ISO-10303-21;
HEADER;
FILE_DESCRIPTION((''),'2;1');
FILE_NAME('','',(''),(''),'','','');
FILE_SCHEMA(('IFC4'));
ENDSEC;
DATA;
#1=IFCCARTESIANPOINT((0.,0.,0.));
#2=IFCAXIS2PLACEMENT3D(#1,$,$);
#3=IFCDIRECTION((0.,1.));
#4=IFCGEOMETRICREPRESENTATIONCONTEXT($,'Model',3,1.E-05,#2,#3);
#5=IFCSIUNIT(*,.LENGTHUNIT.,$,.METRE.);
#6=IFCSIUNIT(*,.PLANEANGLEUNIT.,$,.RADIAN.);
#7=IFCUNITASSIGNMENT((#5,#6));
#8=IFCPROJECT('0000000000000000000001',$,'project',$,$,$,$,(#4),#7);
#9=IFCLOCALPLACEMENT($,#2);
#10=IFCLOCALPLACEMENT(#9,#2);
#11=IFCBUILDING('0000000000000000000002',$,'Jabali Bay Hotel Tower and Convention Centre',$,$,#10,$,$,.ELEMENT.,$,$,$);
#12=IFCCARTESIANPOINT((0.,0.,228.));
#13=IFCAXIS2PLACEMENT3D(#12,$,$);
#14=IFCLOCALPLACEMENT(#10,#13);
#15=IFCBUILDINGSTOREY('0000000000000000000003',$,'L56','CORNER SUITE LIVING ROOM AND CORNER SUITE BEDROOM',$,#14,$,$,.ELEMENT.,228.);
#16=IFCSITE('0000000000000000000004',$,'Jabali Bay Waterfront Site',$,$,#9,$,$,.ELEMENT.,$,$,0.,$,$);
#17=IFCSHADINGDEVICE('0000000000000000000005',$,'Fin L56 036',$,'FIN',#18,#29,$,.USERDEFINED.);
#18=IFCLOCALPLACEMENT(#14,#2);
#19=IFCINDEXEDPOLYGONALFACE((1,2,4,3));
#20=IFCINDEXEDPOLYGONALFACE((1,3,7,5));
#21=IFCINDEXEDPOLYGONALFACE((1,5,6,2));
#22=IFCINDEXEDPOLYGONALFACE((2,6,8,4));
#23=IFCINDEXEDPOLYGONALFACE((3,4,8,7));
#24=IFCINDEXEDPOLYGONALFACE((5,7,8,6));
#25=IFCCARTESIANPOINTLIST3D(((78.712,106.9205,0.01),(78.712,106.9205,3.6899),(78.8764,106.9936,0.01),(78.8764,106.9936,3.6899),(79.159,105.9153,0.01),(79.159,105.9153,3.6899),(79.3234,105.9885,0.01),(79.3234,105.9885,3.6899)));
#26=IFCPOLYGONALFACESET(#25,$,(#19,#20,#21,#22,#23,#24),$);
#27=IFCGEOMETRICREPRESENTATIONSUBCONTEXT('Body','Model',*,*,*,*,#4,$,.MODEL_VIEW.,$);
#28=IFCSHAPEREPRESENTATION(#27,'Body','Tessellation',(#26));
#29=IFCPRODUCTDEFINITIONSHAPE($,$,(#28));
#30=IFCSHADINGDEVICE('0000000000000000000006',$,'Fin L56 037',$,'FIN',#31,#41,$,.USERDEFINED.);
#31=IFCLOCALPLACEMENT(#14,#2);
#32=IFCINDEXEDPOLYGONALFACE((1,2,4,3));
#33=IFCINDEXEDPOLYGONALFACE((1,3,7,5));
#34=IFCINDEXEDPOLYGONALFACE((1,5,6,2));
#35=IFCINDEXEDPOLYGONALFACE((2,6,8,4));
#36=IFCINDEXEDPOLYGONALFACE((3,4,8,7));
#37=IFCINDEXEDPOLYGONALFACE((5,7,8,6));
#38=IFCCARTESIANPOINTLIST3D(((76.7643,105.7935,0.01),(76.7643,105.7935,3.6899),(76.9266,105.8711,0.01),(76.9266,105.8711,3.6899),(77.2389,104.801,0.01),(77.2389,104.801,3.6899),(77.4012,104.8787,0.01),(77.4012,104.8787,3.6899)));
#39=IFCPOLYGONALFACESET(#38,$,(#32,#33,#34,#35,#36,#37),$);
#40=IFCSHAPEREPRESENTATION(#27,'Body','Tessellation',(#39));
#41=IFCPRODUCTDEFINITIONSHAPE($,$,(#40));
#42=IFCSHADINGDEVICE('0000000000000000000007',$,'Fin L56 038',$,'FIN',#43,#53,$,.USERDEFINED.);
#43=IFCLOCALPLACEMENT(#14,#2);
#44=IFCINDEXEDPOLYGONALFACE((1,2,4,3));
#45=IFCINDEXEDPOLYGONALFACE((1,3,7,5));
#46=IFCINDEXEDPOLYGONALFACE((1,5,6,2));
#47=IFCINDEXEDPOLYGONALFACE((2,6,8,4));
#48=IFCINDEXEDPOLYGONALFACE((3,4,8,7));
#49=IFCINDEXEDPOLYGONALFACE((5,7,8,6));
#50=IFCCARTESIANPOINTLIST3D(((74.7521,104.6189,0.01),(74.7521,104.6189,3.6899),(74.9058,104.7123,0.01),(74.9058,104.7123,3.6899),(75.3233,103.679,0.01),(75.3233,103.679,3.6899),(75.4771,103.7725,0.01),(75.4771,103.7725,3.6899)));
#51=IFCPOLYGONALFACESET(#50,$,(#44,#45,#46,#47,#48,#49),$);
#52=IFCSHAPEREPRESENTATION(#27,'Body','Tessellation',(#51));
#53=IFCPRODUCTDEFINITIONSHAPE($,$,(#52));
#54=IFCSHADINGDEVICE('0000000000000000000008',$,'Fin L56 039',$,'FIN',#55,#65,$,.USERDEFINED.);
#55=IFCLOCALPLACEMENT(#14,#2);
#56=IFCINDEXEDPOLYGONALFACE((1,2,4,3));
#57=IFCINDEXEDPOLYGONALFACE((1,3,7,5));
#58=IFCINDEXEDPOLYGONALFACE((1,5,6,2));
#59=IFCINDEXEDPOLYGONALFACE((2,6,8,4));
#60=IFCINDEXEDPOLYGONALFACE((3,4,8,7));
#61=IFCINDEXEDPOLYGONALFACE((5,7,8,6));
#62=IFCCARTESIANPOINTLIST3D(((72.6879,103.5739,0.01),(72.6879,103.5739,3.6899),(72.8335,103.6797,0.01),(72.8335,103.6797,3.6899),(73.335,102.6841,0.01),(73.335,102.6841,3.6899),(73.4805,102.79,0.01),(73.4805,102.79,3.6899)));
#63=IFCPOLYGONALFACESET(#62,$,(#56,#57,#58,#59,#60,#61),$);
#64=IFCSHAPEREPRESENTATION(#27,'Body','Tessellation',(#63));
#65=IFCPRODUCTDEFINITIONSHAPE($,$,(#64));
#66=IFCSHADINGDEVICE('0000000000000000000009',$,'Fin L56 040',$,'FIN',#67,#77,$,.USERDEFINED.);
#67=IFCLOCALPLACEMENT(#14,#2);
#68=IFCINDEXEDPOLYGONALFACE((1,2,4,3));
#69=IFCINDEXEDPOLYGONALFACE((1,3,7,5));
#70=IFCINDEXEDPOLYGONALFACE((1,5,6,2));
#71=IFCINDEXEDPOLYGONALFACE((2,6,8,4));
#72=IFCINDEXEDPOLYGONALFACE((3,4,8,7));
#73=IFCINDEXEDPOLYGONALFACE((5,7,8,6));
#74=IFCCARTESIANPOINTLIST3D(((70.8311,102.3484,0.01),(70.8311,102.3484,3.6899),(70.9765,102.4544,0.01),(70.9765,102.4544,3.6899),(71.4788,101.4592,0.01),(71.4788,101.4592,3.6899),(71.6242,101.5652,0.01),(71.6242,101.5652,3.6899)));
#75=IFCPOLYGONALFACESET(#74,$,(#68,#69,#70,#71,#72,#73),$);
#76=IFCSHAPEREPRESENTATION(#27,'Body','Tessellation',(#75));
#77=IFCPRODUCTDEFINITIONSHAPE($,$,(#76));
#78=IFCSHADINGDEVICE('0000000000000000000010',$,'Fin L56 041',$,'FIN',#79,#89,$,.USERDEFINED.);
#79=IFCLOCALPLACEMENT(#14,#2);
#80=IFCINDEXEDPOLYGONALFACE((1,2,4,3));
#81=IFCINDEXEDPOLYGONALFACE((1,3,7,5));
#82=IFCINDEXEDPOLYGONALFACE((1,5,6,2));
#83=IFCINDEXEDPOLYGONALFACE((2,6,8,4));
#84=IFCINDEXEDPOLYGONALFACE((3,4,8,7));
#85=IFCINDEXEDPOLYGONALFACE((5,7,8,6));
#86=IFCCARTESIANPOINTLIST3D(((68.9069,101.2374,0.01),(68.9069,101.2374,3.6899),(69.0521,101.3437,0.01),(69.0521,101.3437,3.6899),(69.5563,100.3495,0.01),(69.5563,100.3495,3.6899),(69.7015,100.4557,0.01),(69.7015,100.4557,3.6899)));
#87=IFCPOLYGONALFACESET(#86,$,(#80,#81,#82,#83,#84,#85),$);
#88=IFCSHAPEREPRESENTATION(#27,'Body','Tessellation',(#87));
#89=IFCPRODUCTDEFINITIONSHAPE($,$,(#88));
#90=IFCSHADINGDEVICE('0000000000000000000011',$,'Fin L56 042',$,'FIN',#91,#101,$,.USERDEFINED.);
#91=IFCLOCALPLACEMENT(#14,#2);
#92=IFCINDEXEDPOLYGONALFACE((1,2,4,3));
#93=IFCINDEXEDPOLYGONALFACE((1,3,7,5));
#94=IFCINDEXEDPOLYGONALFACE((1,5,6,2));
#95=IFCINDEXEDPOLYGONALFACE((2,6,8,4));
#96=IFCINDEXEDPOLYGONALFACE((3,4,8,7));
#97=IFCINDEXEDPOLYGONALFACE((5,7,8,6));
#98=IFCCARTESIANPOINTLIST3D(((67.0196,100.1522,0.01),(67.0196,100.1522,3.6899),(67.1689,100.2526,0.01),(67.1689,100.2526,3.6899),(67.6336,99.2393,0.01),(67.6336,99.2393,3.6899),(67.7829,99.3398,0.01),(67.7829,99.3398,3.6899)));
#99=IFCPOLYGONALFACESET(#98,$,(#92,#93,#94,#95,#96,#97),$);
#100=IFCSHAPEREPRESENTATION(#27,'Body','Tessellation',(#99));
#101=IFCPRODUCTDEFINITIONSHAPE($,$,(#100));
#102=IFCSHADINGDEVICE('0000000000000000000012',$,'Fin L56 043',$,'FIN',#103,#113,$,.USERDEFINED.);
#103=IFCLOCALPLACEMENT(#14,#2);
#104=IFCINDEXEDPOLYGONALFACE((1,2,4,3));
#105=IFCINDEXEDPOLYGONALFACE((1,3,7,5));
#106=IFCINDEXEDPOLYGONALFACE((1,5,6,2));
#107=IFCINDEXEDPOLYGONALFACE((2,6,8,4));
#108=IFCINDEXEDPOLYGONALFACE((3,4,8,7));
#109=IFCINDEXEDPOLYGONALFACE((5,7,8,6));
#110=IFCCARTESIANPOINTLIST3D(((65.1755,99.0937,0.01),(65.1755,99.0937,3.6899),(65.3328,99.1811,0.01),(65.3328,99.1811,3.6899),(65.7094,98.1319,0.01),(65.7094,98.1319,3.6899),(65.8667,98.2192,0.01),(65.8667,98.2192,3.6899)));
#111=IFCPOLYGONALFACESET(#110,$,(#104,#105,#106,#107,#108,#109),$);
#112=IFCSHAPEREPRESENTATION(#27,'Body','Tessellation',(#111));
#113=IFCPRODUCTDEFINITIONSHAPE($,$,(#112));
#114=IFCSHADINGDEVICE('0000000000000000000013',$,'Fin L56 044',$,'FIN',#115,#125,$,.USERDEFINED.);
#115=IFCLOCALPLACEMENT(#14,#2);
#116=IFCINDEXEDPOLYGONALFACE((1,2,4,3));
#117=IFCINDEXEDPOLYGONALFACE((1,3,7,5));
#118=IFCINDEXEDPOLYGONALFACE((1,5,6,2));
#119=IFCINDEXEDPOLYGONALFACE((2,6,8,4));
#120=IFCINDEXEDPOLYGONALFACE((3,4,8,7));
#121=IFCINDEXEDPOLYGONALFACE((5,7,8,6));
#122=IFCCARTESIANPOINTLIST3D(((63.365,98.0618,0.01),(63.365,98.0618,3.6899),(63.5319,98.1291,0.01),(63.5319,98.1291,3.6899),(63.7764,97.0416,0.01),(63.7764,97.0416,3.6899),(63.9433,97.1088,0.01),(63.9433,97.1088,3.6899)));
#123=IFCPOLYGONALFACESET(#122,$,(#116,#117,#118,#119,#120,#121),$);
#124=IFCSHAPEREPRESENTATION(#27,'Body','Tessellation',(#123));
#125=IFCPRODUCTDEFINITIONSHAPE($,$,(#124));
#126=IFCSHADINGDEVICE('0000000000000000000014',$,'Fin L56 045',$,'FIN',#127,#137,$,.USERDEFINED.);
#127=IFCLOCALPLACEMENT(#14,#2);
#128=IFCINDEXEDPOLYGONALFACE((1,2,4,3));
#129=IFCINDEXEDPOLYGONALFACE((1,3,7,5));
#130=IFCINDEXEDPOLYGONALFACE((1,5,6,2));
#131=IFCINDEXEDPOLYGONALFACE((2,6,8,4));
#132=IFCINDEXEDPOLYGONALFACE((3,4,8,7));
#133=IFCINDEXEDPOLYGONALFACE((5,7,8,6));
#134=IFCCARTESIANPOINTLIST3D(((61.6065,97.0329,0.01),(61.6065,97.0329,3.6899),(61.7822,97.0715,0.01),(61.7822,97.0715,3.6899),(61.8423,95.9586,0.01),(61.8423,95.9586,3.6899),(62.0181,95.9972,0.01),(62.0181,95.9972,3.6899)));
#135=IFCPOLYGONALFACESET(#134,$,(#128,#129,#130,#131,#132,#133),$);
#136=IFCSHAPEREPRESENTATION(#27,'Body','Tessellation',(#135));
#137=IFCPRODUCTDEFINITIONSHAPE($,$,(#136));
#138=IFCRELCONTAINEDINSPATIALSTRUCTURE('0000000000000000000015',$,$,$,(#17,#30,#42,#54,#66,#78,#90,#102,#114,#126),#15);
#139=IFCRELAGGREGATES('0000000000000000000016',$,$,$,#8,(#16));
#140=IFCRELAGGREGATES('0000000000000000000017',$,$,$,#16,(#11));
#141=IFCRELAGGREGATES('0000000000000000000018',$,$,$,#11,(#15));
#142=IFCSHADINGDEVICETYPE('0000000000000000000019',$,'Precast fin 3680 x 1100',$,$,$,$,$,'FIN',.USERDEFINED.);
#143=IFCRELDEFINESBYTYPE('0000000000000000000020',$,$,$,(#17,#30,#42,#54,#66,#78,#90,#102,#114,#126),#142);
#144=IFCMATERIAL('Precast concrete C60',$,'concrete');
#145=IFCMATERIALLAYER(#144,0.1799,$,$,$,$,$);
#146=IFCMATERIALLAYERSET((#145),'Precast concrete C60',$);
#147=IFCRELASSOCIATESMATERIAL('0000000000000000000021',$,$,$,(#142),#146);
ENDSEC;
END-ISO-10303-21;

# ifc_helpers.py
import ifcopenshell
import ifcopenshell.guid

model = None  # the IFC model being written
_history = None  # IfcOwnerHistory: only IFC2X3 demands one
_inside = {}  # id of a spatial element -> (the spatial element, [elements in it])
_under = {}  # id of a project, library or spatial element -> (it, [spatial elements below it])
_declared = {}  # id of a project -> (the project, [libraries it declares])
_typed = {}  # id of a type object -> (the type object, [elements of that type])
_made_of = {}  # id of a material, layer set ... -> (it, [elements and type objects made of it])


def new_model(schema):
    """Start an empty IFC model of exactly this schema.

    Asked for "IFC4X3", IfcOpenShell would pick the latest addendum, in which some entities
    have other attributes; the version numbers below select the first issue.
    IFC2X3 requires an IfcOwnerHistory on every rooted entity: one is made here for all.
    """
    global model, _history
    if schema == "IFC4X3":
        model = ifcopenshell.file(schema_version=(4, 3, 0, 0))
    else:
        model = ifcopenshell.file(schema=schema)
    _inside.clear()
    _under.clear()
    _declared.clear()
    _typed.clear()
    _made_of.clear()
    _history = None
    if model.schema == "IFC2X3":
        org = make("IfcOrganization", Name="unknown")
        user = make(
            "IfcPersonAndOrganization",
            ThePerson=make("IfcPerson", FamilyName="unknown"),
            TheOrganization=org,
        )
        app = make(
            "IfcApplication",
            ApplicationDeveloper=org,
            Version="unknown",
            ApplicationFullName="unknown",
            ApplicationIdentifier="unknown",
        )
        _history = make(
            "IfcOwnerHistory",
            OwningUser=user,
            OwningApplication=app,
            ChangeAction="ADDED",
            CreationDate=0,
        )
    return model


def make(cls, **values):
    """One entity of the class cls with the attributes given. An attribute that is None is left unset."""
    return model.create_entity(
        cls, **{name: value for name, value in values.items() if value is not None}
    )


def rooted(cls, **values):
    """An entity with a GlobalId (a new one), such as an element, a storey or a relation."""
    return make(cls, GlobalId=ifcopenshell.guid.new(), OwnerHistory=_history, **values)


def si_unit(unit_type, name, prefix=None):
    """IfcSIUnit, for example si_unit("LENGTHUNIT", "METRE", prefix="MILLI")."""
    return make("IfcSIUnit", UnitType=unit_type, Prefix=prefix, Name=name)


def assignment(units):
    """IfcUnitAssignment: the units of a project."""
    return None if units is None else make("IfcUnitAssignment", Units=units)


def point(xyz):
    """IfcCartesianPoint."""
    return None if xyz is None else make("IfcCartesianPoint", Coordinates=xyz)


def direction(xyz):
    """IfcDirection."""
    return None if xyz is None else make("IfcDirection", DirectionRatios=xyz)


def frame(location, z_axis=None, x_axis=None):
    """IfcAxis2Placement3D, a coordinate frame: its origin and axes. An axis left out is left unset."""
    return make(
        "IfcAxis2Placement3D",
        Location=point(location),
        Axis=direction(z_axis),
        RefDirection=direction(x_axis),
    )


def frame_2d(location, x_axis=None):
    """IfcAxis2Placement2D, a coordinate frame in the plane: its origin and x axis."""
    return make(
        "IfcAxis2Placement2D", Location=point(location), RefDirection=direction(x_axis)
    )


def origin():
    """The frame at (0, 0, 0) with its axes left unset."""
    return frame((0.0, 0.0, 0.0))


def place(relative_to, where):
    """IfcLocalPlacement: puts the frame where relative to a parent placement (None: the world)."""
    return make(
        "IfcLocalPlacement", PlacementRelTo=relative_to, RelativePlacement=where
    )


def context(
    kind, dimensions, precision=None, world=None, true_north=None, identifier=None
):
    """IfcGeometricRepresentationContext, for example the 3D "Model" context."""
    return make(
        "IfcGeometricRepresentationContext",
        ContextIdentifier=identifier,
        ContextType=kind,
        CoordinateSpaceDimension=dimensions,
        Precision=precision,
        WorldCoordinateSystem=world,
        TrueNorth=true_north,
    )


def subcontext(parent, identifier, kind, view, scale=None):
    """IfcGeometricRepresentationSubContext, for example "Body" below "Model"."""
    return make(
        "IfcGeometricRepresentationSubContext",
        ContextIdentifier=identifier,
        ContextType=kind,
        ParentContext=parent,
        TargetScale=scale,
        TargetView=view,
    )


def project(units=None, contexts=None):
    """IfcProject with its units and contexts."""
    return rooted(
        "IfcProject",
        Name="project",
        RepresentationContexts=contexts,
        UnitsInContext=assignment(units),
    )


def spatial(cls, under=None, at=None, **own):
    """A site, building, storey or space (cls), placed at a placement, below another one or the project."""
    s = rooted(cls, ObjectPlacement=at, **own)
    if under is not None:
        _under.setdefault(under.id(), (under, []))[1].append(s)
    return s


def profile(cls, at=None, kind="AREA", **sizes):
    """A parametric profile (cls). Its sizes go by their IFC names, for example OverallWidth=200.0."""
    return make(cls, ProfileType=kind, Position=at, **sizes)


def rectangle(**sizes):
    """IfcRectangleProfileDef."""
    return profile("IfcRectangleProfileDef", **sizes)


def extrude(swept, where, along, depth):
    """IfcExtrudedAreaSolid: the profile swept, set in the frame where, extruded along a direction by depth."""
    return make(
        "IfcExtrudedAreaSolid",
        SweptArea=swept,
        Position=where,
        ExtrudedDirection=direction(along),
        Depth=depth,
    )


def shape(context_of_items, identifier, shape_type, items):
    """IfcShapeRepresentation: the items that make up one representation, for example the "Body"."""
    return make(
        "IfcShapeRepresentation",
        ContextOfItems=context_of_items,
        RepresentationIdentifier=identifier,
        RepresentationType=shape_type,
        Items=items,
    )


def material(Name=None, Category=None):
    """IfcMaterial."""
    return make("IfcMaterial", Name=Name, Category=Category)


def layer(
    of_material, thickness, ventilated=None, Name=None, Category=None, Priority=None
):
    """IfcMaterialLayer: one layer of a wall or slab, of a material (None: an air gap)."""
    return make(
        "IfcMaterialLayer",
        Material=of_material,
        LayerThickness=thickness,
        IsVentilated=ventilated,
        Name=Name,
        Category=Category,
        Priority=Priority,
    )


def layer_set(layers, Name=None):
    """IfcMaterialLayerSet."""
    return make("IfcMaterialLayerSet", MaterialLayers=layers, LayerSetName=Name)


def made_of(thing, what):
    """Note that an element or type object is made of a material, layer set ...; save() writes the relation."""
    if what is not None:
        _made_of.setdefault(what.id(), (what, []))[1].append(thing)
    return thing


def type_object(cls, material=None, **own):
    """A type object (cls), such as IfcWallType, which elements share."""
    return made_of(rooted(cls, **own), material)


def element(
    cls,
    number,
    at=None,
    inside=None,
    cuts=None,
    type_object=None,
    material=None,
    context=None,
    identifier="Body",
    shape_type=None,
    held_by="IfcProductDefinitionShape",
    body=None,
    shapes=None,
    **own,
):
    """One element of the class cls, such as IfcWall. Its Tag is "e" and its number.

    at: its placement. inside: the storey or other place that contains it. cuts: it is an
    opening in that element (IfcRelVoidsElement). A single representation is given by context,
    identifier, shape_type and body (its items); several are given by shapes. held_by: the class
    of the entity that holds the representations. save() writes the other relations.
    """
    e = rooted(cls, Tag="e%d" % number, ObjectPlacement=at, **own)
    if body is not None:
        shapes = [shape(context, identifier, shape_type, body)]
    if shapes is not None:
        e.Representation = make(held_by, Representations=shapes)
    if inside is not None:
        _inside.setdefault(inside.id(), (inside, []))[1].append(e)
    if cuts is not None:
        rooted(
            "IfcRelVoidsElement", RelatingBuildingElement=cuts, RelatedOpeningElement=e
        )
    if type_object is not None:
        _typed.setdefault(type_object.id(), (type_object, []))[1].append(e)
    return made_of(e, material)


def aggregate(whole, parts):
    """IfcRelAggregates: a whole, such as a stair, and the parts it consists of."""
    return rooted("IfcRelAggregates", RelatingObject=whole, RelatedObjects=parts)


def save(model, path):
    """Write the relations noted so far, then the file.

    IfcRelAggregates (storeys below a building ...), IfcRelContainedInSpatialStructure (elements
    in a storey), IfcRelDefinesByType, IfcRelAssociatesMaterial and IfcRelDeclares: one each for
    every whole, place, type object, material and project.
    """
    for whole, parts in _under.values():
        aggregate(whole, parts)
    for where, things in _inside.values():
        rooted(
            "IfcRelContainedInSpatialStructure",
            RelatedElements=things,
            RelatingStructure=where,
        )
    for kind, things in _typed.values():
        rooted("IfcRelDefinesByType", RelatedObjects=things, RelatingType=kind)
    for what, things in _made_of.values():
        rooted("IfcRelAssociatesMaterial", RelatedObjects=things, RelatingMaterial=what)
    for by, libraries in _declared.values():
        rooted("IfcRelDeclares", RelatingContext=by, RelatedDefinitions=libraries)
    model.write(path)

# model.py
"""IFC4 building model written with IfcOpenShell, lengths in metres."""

from ifc_helpers import new_model, si_unit, direction, frame, frame_2d, origin, place, context, subcontext, project, spatial, rectangle, extrude, material, layer, layer_set, type_object, element, save


model = new_model("IFC4")

# Units and contexts
model_context = context("Model", 3, precision=1e-05, world=origin(), true_north=direction((0.0, 1.0)))
body_context = subcontext(model_context, "Body", "Model", "MODEL_VIEW")
ifc_project = project(units=[si_unit("LENGTHUNIT", "METRE"), si_unit("PLANEANGLEUNIT", "RADIAN")], contexts=[model_context])

# Site, building, storey
site_placement = place(None, origin())
site = spatial("IfcSite", under=ifc_project, at=site_placement, Name="Jabali Bay Waterfront Site", CompositionType="ELEMENT", RefElevation=0.0)
building_placement = place(site_placement, origin())
building = spatial("IfcBuilding", under=site, at=building_placement, Name="Jabali Bay Hotel Tower and Convention Centre", CompositionType="ELEMENT")
storey_placement = place(building_placement, frame((0.0, 0.0, 228.0)))
storey = spatial("IfcBuildingStorey", under=building, at=storey_placement, Name="L56", Description="CORNER SUITE LIVING ROOM AND CORNER SUITE BEDROOM", CompositionType="ELEMENT", Elevation=228.0)

# Shading devices
ifc_material_1 = material(Name="Precast concrete C60", Category="concrete")
ifc_layer_1 = layer(ifc_material_1, 0.1799)
ifc_layer_set_1 = layer_set([ifc_layer_1], Name="Precast concrete C60")
shading_device_type = type_object("IfcShadingDeviceType", Name="Precast fin 3680 x 1100", ElementType="FIN", PredefinedType="USERDEFINED", material=ifc_layer_set_1)
for number, where, z_axis, x_axis, name in (
    (1, (79.2412, 105.9519, 0.01), (0.0, 0.0, 1.0), (-0.406365, 0.913711, 0.0), "Fin L56 036"),
    (2, (77.3201, 104.8398, 0.01), (0.0, 0.0, 1.0), (-0.431432, 0.902145, 0.0), "Fin L56 037"),
):
    element("IfcShadingDevice", number, at=place(storey_placement, frame(where, z_axis=z_axis, x_axis=x_axis)), inside=storey, type_object=shading_device_type, Name=name, ObjectType="FIN", PredefinedType="USERDEFINED", context=body_context, shape_type="SweptSolid", body=[
        extrude(rectangle(XDim=1.1001, YDim=0.1799, at=frame_2d((0.55, 0.0))), origin(), (0.0, 0.0, 1.0), 3.6799),
    ])
shading_device_1_placement = place(storey_placement, frame((75.4001, 103.7258, 0.01), z_axis=(0.0, 0.0, 1.0), x_axis=(-0.519384, 0.854541, 0.0)))
element("IfcShadingDevice", 3, at=shading_device_1_placement, inside=storey, type_object=shading_device_type, Name="Fin L56 038", ObjectType="FIN", PredefinedType="USERDEFINED", context=body_context, shape_type="SweptSolid", body=[
    extrude(rectangle(XDim=1.0999, YDim=0.1799, at=frame_2d((0.5498, 0.0))), origin(), (0.0, 0.0, 1.0), 3.6799),
])
for number, where, z_axis, x_axis, name in (
    (4, (73.4077, 102.7371, 0.01), (0.0, 0.0, 1.0), (-0.588145, 0.808755, 0.0), "Fin L56 039"),
    (5, (71.5515, 101.5122, 0.01), (0.0, 0.0, 1.0), (-0.588792, 0.808285, 0.0), "Fin L56 040"),
    (6, (69.6289, 100.4026, 0.01), (0.0, 0.0, 1.0), (-0.590334, 0.807159, 0.0), "Fin L56 041"),
    (7, (67.7083, 99.2896, 0.01), (0.0, 0.0, 1.0), (-0.558127, 0.829756, 0.0), "Fin L56 042"),
    (8, (65.7881, 98.1755, 0.01), (0.0, 0.0, 1.0), (-0.485323, 0.874335, 0.0), "Fin L56 043"),
    (9, (63.8599, 97.0752, 0.01), (0.0, 0.0, 1.0), (-0.373953, 0.927448, 0.0), "Fin L56 044"),
):
    element("IfcShadingDevice", number, at=place(storey_placement, frame(where, z_axis=z_axis, x_axis=x_axis)), inside=storey, type_object=shading_device_type, Name=name, ObjectType="FIN", PredefinedType="USERDEFINED", context=body_context, shape_type="SweptSolid", body=[
        extrude(rectangle(XDim=1.1001, YDim=0.1799, at=frame_2d((0.55, 0.0))), origin(), (0.0, 0.0, 1.0), 3.6799),
    ])
shading_device_2_placement = place(storey_placement, frame((61.9302, 95.978, 0.01), z_axis=(0.0, 0.0, 1.0), x_axis=(-0.214438, 0.976738, 0.0)))
element("IfcShadingDevice", 10, at=shading_device_2_placement, inside=storey, type_object=shading_device_type, Name="Fin L56 045", ObjectType="FIN", PredefinedType="USERDEFINED", context=body_context, shape_type="SweptSolid", body=[
    extrude(rectangle(XDim=1.0999, YDim=0.1799, at=frame_2d((0.5498, 0.0))), origin(), (0.0, 0.0, 1.0), 3.6799),
])

save(model, "model.ifc")
